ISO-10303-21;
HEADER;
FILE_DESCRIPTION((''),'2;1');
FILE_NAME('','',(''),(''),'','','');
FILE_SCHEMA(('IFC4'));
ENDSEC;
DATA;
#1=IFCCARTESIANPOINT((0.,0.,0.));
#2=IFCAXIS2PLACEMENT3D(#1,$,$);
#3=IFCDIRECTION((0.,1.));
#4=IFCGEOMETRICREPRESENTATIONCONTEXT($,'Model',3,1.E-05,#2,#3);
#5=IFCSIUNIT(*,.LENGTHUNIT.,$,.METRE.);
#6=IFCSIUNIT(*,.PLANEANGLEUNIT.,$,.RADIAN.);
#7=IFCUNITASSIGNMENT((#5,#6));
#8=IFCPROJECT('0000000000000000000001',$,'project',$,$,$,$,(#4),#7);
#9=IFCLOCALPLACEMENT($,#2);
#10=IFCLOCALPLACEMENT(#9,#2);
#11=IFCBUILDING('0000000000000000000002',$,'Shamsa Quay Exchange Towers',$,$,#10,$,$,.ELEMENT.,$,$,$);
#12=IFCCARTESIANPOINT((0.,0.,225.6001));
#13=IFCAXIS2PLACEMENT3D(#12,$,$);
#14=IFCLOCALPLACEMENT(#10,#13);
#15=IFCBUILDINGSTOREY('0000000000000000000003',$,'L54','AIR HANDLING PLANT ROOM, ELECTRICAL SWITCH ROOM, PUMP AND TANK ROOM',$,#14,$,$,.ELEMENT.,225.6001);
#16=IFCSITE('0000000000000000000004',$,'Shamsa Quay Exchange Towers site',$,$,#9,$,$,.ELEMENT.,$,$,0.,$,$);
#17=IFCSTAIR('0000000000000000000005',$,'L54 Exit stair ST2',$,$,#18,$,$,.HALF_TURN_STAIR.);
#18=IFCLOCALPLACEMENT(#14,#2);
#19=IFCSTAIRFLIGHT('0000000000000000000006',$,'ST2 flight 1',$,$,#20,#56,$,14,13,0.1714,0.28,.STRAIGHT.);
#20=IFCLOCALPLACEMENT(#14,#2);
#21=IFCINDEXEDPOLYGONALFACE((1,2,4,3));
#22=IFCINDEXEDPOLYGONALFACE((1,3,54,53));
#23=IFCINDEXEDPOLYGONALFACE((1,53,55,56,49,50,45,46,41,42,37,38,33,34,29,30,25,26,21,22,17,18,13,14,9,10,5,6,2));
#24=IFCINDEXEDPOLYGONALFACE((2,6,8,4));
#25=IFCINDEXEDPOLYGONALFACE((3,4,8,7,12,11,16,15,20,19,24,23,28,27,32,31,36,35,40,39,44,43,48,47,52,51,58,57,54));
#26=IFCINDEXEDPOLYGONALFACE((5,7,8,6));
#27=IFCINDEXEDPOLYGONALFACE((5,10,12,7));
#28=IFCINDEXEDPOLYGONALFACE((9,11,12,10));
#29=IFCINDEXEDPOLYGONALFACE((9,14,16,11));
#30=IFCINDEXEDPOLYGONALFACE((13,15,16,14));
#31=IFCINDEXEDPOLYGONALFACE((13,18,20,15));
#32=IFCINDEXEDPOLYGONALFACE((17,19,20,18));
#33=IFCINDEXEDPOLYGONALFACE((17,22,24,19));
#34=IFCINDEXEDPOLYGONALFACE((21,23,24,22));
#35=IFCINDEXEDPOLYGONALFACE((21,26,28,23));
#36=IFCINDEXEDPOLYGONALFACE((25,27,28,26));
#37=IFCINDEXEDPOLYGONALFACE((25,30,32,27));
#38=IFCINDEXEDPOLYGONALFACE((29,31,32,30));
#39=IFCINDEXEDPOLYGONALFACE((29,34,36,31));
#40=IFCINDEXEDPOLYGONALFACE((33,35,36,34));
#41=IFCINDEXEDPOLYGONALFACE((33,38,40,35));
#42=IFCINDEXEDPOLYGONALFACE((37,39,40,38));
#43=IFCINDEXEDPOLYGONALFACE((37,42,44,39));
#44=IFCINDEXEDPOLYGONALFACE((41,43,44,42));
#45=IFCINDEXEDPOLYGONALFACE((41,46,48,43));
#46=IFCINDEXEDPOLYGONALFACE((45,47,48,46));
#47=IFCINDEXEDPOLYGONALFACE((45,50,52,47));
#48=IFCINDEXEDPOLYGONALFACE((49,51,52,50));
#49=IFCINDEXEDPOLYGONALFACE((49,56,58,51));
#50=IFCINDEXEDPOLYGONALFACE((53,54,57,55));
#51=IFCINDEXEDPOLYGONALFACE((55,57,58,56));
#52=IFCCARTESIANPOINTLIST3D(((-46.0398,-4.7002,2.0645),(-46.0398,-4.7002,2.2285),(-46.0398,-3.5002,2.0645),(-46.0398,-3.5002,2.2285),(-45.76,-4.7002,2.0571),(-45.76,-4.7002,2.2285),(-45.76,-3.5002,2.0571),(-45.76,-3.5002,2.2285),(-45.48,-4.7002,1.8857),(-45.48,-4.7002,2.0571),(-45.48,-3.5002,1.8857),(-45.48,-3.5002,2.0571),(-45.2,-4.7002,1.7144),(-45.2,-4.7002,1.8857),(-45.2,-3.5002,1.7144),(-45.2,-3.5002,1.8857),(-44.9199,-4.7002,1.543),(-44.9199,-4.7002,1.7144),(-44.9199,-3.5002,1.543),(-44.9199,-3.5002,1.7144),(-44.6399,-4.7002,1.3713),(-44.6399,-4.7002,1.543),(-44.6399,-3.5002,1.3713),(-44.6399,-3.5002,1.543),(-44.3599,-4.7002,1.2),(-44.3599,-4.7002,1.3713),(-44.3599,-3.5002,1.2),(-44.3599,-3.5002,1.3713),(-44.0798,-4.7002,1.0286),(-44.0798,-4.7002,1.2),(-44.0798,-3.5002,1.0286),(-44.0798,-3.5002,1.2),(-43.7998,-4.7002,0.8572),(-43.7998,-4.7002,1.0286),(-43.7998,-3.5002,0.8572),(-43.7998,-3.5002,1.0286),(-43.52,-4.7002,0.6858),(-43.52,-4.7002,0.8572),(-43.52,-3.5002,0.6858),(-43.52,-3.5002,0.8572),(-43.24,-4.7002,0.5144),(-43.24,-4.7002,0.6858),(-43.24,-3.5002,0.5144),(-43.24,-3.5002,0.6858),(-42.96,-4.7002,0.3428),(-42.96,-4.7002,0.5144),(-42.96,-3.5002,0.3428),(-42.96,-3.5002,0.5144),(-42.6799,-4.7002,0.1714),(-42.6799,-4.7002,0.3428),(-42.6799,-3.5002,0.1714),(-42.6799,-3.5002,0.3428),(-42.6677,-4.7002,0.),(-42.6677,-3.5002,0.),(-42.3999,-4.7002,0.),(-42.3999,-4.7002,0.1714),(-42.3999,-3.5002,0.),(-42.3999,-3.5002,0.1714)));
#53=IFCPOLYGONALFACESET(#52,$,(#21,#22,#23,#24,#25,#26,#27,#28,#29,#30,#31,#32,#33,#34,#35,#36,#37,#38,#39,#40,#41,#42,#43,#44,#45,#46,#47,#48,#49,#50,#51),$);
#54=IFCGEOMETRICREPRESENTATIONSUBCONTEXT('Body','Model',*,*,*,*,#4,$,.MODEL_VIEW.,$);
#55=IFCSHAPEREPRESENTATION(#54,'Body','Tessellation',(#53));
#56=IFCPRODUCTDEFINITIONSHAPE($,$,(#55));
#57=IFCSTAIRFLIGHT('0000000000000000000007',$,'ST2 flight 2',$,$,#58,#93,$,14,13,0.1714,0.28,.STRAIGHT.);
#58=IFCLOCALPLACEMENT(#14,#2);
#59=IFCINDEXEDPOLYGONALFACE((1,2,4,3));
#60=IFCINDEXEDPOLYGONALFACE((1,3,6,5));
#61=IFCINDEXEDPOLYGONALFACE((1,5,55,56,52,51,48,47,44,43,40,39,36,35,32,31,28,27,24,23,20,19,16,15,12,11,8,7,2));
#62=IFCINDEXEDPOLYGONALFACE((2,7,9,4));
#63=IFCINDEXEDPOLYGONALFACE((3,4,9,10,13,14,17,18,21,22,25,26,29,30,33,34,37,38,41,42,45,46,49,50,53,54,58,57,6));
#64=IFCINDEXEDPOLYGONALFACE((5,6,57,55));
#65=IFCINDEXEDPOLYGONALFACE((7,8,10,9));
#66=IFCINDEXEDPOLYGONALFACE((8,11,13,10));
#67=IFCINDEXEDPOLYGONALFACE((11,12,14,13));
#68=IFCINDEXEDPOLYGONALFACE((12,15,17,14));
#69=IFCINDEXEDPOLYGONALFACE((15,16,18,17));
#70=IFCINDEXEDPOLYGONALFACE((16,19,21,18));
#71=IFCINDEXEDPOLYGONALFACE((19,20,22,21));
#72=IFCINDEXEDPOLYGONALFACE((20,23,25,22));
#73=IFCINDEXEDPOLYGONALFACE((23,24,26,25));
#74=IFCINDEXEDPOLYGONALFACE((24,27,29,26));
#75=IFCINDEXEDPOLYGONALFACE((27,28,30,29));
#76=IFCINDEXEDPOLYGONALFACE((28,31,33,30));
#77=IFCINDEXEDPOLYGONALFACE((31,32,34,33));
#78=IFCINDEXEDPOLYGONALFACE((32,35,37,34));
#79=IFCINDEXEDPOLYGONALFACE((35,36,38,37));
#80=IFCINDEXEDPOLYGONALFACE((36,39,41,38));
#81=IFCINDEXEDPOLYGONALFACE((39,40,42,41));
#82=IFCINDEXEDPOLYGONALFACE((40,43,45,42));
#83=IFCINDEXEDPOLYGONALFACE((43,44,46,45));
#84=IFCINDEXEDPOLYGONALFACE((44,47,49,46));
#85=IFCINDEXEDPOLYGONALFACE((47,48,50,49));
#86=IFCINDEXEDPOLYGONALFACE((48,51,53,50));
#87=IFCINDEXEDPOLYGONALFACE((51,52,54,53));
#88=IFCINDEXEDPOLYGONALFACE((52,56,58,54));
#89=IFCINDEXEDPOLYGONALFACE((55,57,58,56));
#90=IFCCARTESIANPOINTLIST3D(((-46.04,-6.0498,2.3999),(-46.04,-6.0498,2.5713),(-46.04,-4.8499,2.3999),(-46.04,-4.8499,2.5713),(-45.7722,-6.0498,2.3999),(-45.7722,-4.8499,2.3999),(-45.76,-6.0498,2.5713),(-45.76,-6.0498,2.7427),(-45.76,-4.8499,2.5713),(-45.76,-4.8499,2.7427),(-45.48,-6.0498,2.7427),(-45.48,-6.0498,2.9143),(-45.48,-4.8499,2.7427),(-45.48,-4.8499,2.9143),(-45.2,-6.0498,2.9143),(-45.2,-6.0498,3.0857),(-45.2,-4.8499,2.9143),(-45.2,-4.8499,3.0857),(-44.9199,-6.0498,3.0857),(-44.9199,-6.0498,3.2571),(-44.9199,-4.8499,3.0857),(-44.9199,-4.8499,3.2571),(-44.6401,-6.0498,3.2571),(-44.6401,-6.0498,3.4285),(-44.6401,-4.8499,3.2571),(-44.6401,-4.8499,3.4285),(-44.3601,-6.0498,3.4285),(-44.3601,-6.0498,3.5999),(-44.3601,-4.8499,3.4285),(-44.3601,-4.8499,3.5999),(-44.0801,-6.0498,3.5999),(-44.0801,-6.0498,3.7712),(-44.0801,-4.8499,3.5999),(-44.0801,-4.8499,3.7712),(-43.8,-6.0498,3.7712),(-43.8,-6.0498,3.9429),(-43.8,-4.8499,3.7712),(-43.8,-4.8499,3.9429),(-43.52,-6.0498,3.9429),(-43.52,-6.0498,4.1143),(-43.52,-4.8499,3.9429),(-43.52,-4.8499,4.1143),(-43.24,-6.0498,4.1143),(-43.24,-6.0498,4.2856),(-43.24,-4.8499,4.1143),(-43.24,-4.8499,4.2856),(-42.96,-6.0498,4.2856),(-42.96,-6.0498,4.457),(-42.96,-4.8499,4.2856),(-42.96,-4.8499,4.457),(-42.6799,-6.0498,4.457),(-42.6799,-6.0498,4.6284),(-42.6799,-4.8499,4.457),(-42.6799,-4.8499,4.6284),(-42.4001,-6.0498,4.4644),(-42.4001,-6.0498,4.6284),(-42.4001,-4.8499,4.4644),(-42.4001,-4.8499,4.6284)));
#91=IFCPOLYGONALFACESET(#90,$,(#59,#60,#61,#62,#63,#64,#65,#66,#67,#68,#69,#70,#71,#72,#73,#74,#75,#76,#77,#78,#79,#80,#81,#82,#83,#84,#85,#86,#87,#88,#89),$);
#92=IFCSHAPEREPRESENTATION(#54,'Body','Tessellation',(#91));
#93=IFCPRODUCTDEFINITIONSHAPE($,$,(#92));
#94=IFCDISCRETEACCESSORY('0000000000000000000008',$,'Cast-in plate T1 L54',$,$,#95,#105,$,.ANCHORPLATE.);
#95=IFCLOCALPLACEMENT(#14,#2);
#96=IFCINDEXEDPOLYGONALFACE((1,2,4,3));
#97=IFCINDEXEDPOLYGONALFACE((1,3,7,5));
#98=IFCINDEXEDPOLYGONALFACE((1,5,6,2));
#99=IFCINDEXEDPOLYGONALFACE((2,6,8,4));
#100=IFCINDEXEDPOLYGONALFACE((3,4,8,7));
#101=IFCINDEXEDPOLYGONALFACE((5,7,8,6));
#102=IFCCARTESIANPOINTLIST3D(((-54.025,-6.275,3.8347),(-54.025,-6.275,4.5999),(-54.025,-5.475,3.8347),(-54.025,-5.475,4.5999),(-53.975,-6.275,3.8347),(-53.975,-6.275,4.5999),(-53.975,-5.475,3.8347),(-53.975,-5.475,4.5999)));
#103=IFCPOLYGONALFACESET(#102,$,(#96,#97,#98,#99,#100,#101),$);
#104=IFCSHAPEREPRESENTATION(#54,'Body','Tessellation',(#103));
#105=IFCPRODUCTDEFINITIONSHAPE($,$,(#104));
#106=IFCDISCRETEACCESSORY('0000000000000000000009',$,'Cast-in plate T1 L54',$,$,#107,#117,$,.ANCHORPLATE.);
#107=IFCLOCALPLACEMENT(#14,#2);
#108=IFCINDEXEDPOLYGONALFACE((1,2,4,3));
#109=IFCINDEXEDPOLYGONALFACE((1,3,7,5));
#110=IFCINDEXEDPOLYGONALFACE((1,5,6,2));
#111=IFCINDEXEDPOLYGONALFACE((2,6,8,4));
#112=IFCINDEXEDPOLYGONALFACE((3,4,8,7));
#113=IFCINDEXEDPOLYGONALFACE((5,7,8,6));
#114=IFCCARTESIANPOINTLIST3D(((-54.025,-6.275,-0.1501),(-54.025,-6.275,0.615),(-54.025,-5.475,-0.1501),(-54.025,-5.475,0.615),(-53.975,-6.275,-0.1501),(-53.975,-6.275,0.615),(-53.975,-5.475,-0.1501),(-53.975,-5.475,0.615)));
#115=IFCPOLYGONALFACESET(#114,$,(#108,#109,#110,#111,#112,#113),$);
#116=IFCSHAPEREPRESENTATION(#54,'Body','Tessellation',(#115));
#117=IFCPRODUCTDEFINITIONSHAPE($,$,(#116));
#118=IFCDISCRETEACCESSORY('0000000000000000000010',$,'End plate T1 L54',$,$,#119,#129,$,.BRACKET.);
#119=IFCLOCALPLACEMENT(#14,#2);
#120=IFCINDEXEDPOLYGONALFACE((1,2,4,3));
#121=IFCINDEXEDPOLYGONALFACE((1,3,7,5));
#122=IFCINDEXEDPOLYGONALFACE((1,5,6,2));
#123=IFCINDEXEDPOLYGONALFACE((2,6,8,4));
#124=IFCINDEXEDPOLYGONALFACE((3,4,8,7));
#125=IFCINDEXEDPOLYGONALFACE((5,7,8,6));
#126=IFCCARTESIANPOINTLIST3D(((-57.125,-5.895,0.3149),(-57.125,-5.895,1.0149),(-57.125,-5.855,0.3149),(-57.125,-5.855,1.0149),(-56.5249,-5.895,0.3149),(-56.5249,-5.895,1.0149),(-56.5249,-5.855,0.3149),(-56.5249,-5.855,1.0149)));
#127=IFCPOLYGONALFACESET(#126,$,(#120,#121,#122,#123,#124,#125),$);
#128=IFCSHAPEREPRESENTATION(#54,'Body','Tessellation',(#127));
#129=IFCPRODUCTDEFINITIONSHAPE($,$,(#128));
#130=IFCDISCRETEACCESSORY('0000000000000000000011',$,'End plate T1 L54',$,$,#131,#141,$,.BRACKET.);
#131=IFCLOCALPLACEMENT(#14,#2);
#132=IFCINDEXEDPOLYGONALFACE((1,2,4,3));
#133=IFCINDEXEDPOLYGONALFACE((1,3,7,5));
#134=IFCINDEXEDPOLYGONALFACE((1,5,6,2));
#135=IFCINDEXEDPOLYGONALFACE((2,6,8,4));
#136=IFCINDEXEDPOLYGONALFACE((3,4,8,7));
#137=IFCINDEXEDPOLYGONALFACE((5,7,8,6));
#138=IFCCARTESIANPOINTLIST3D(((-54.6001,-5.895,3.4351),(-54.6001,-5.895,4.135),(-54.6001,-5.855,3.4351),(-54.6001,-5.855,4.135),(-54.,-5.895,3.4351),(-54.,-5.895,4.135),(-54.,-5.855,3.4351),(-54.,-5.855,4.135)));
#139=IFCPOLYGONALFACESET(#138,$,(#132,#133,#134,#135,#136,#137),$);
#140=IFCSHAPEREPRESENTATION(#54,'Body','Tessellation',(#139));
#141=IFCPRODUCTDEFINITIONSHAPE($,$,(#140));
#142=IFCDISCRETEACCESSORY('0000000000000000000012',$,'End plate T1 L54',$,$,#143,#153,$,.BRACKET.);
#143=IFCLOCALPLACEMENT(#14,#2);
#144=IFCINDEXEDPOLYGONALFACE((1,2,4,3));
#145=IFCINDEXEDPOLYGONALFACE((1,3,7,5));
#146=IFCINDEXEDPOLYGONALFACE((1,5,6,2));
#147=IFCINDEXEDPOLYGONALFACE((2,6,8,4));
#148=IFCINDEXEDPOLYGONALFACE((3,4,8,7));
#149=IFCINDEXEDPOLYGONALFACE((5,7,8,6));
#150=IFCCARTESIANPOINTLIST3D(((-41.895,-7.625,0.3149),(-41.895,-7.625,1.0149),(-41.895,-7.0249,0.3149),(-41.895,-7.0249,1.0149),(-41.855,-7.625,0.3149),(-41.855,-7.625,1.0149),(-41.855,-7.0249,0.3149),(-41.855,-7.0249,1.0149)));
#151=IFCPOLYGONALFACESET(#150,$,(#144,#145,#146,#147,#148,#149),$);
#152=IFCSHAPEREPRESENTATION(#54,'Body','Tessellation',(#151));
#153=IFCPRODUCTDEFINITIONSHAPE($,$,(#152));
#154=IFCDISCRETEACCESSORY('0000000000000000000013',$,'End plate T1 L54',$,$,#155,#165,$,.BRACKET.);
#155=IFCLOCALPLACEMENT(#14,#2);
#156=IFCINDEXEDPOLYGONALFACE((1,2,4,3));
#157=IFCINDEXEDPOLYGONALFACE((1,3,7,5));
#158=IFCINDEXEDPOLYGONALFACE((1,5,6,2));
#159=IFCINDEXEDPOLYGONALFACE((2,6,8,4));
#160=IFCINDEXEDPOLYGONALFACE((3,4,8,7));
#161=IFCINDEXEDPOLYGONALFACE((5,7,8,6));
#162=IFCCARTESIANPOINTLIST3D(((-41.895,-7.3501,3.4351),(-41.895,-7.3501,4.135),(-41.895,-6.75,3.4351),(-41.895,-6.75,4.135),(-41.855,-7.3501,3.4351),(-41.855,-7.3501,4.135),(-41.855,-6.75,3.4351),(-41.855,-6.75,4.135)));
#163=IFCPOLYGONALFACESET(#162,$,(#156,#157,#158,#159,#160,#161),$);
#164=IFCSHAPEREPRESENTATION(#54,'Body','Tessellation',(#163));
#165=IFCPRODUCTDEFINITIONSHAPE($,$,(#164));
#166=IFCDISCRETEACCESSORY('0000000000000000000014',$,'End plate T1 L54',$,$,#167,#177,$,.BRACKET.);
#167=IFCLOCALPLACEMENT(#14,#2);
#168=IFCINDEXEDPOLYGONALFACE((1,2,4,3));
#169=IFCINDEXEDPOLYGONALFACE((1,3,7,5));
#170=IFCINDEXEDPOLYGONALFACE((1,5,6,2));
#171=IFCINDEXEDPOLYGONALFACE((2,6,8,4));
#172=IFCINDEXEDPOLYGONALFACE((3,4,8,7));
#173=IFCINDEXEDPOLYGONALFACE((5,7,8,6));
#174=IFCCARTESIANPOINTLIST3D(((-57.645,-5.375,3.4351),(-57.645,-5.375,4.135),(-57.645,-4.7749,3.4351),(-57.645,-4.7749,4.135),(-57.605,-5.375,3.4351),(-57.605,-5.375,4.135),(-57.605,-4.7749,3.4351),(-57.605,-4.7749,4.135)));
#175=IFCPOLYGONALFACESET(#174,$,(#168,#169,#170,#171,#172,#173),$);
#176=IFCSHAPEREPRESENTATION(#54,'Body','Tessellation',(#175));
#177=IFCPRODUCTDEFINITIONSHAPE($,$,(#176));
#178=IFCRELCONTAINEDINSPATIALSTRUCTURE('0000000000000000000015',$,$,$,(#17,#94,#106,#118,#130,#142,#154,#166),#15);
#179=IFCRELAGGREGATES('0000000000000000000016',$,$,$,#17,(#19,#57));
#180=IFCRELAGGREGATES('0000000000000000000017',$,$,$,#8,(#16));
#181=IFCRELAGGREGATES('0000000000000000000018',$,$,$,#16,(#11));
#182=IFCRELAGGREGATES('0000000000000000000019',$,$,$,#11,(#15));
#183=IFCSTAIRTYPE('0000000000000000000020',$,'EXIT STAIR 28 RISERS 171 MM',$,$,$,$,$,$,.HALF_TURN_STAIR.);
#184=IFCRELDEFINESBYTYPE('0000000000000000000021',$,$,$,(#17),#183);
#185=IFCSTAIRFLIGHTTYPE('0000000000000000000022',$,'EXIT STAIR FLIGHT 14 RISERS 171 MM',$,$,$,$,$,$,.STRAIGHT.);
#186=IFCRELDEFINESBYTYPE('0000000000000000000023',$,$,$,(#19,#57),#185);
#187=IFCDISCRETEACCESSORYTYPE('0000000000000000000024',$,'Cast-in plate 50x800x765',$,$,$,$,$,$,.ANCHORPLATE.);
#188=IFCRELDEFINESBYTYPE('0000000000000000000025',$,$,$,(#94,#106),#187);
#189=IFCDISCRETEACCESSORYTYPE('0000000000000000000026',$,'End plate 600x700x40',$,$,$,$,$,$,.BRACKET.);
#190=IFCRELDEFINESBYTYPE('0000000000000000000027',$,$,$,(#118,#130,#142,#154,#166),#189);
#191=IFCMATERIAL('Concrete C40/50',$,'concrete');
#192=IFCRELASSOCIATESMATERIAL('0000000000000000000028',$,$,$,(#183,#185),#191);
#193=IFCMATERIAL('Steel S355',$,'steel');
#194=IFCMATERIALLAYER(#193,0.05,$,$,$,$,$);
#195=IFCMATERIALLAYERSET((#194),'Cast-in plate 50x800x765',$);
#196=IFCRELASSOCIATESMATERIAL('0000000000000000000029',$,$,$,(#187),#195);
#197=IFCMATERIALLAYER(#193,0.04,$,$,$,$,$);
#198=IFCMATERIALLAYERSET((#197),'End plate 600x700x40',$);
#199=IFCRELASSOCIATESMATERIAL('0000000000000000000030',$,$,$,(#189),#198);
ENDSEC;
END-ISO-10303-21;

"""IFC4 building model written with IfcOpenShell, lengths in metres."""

from ifc_helpers import new_model, si_unit, direction, frame, origin, origin_2d, place, context, subcontext, project, spatial, polyline, rectangle, outline, extrude, material, layer, layer_set, type_object, element, aggregate, save


model = new_model("IFC4")

# Units and contexts
model_context = context("Model", 3, precision=1e-05, world=origin(), true_north=direction((0.0, 1.0)))
body_context = subcontext(model_context, "Body", "Model", "MODEL_VIEW")
ifc_project = project(units=[si_unit("LENGTHUNIT", "METRE"), si_unit("PLANEANGLEUNIT", "RADIAN")], contexts=[model_context])

# Site, building, storey
site_placement = place(None, origin())
site = spatial("IfcSite", under=ifc_project, at=site_placement, Name="Shamsa Quay Exchange Towers site", CompositionType="ELEMENT", RefElevation=0.0)
building_placement = place(site_placement, origin())
building = spatial("IfcBuilding", under=site, at=building_placement, Name="Shamsa Quay Exchange Towers", CompositionType="ELEMENT")
storey_placement = place(building_placement, frame((0.0, 0.0, 225.6001)))
storey = spatial("IfcBuildingStorey", under=building, at=storey_placement, Name="L54", Description="AIR HANDLING PLANT ROOM, ELECTRICAL SWITCH ROOM, PUMP AND TANK ROOM", CompositionType="ELEMENT", Elevation=225.6001)

# Shared definitions
ifc_material_1 = material(Name="Steel S355", Category="steel")

# Stair, stair flights
ifc_material_2 = material(Name="Concrete C40/50", Category="concrete")
stair_type = type_object("IfcStairType", Name="EXIT STAIR 28 RISERS 171 MM", PredefinedType="HALF_TURN_STAIR", material=ifc_material_2)
stair_placement = place(storey_placement, origin())
stair = element("IfcStair", 1, at=stair_placement, inside=storey, type_object=stair_type, Name="L54 Exit stair ST2", PredefinedType="HALF_TURN_STAIR")
stair_flight_type = type_object("IfcStairFlightType", Name="EXIT STAIR FLIGHT 14 RISERS 171 MM", PredefinedType="STRAIGHT", material=ifc_material_2)
stair_flight_1_placement = place(storey_placement, frame((-42.3999, -4.1001, 0.0), z_axis=(0.0, 0.0, 1.0), x_axis=(-1.0, 0.0, 0.0)))
stair_flight_1 = element("IfcStairFlight", 2, at=stair_flight_1_placement, type_object=stair_flight_type, Name="ST2 flight 1", NumberOfRisers=14, NumberOfTreads=13, PredefinedType="STRAIGHT", RiserHeight=0.1714, TreadLength=0.28, context=body_context, shape_type="SweptSolid", body=[
    extrude(outline(polyline([(0.0, 0.0), (0.0, 0.1714), (0.28, 0.1714), (0.28, 0.3428), (0.5601, 0.3428), (0.5601, 0.5144), (0.8401, 0.5144), (0.8401, 0.6858), (1.1201, 0.6858), (1.1201, 0.8572), (1.3999, 0.8572), (1.3999, 1.0286), (1.6799, 1.0286), (1.6799, 1.2), (1.96, 1.2), (1.96, 1.3713), (2.24, 1.3713), (2.24, 1.543), (2.52, 1.543), (2.52, 1.7144), (2.8, 1.7144), (2.8, 1.8857), (3.0801, 1.8857), (3.0801, 2.0571), (3.3601, 2.0571), (3.3601, 2.2285), (3.6399, 2.2285), (3.6399, 2.3999), (3.6399, 2.0645), (0.2678, 0.0), (0.0, 0.0)])), frame((0.0, 0.6001, 0.0), z_axis=(0.0, -1.0, 0.0), x_axis=(1.0, 0.0, 0.0)), (0.0, 0.0, 1.0), 1.2),
])
stair_flight_2_placement = place(storey_placement, frame((-46.04, -5.45, 2.3999)))
stair_flight_2 = element("IfcStairFlight", 3, at=stair_flight_2_placement, type_object=stair_flight_type, Name="ST2 flight 2", NumberOfRisers=14, NumberOfTreads=13, PredefinedType="STRAIGHT", RiserHeight=0.1714, TreadLength=0.28, context=body_context, shape_type="SweptSolid", body=[
    extrude(outline(polyline([(0.0, 0.0), (0.0, 0.1714), (0.28, 0.1714), (0.28, 0.3428), (0.5601, 0.3428), (0.5601, 0.5144), (0.8401, 0.5144), (0.8401, 0.6858), (1.1201, 0.6858), (1.1201, 0.8572), (1.3999, 0.8572), (1.3999, 1.0286), (1.6799, 1.0286), (1.6799, 1.2), (1.96, 1.2), (1.96, 1.3713), (2.24, 1.3713), (2.24, 1.543), (2.52, 1.543), (2.52, 1.7144), (2.8, 1.7144), (2.8, 1.8857), (3.0801, 1.8857), (3.0801, 2.0571), (3.3601, 2.0571), (3.3601, 2.2285), (3.6399, 2.2285), (3.6399, 2.3999), (3.6399, 2.0645), (0.2678, 0.0), (0.0, 0.0)])), frame((0.0, 0.6001, 0.0), z_axis=(0.0, -1.0, 0.0), x_axis=(1.0, 0.0, 0.0)), (0.0, 0.0, 1.0), 1.2),
])
aggregate(stair, [stair_flight_1, stair_flight_2])

# Discrete accessories
ifc_layer_1 = layer(ifc_material_1, 0.05)
ifc_layer_set_1 = layer_set([ifc_layer_1], Name="Cast-in plate 50x800x765")
discrete_accessory_type_1 = type_object("IfcDiscreteAccessoryType", Name="Cast-in plate 50x800x765", PredefinedType="ANCHORPLATE", material=ifc_layer_set_1)
for number, where, name in (
    (4, (-54.0, -5.875, 3.8347), "Cast-in plate T1 L54"),
    (5, (-54.0, -5.875, -0.1501), "Cast-in plate T1 L54"),
):
    element("IfcDiscreteAccessory", number, at=place(storey_placement, frame(where)), inside=storey, type_object=discrete_accessory_type_1, Name=name, PredefinedType="ANCHORPLATE", context=body_context, shape_type="SweptSolid", body=[
        extrude(rectangle(XDim=0.05, YDim=0.8, at=origin_2d()), origin(), (0.0, 0.0, 1.0), 0.7651),
    ])
ifc_layer_2 = layer(ifc_material_1, 0.04)
ifc_layer_set_2 = layer_set([ifc_layer_2], Name="End plate 600x700x40")
discrete_accessory_type_2 = type_object("IfcDiscreteAccessoryType", Name="End plate 600x700x40", PredefinedType="BRACKET", material=ifc_layer_set_2)
for number, where, name in (
    (6, (-56.825, -5.875, 0.3149), "End plate T1 L54"),
    (7, (-54.3, -5.875, 3.4351), "End plate T1 L54"),
):
    element("IfcDiscreteAccessory", number, at=place(storey_placement, frame(where)), inside=storey, type_object=discrete_accessory_type_2, Name=name, PredefinedType="BRACKET", context=body_context, shape_type="SweptSolid", body=[
        extrude(rectangle(XDim=0.6001, YDim=0.04, at=origin_2d()), origin(), (0.0, 0.0, 1.0), 0.7),
    ])
for number, where, z_axis, x_axis, name in (
    (8, (-41.875, -7.325, 0.3149), (0.0, 0.0, 1.0), (0.0, 1.0, 0.0), "End plate T1 L54"),
    (9, (-41.875, -7.05, 3.4351), (0.0, 0.0, 1.0), (0.0, 1.0, 0.0), "End plate T1 L54"),
    (10, (-57.625, -5.075, 3.4351), (0.0, 0.0, 1.0), (0.0, -1.0, 0.0), "End plate T1 L54"),
):
    element("IfcDiscreteAccessory", number, at=place(storey_placement, frame(where, z_axis=z_axis, x_axis=x_axis)), inside=storey, type_object=discrete_accessory_type_2, Name=name, PredefinedType="BRACKET", context=body_context, shape_type="SweptSolid", body=[
        extrude(rectangle(XDim=0.6001, YDim=0.04, at=origin_2d()), origin(), (0.0, 0.0, 1.0), 0.7),
    ])

save(model, "model.ifc")
